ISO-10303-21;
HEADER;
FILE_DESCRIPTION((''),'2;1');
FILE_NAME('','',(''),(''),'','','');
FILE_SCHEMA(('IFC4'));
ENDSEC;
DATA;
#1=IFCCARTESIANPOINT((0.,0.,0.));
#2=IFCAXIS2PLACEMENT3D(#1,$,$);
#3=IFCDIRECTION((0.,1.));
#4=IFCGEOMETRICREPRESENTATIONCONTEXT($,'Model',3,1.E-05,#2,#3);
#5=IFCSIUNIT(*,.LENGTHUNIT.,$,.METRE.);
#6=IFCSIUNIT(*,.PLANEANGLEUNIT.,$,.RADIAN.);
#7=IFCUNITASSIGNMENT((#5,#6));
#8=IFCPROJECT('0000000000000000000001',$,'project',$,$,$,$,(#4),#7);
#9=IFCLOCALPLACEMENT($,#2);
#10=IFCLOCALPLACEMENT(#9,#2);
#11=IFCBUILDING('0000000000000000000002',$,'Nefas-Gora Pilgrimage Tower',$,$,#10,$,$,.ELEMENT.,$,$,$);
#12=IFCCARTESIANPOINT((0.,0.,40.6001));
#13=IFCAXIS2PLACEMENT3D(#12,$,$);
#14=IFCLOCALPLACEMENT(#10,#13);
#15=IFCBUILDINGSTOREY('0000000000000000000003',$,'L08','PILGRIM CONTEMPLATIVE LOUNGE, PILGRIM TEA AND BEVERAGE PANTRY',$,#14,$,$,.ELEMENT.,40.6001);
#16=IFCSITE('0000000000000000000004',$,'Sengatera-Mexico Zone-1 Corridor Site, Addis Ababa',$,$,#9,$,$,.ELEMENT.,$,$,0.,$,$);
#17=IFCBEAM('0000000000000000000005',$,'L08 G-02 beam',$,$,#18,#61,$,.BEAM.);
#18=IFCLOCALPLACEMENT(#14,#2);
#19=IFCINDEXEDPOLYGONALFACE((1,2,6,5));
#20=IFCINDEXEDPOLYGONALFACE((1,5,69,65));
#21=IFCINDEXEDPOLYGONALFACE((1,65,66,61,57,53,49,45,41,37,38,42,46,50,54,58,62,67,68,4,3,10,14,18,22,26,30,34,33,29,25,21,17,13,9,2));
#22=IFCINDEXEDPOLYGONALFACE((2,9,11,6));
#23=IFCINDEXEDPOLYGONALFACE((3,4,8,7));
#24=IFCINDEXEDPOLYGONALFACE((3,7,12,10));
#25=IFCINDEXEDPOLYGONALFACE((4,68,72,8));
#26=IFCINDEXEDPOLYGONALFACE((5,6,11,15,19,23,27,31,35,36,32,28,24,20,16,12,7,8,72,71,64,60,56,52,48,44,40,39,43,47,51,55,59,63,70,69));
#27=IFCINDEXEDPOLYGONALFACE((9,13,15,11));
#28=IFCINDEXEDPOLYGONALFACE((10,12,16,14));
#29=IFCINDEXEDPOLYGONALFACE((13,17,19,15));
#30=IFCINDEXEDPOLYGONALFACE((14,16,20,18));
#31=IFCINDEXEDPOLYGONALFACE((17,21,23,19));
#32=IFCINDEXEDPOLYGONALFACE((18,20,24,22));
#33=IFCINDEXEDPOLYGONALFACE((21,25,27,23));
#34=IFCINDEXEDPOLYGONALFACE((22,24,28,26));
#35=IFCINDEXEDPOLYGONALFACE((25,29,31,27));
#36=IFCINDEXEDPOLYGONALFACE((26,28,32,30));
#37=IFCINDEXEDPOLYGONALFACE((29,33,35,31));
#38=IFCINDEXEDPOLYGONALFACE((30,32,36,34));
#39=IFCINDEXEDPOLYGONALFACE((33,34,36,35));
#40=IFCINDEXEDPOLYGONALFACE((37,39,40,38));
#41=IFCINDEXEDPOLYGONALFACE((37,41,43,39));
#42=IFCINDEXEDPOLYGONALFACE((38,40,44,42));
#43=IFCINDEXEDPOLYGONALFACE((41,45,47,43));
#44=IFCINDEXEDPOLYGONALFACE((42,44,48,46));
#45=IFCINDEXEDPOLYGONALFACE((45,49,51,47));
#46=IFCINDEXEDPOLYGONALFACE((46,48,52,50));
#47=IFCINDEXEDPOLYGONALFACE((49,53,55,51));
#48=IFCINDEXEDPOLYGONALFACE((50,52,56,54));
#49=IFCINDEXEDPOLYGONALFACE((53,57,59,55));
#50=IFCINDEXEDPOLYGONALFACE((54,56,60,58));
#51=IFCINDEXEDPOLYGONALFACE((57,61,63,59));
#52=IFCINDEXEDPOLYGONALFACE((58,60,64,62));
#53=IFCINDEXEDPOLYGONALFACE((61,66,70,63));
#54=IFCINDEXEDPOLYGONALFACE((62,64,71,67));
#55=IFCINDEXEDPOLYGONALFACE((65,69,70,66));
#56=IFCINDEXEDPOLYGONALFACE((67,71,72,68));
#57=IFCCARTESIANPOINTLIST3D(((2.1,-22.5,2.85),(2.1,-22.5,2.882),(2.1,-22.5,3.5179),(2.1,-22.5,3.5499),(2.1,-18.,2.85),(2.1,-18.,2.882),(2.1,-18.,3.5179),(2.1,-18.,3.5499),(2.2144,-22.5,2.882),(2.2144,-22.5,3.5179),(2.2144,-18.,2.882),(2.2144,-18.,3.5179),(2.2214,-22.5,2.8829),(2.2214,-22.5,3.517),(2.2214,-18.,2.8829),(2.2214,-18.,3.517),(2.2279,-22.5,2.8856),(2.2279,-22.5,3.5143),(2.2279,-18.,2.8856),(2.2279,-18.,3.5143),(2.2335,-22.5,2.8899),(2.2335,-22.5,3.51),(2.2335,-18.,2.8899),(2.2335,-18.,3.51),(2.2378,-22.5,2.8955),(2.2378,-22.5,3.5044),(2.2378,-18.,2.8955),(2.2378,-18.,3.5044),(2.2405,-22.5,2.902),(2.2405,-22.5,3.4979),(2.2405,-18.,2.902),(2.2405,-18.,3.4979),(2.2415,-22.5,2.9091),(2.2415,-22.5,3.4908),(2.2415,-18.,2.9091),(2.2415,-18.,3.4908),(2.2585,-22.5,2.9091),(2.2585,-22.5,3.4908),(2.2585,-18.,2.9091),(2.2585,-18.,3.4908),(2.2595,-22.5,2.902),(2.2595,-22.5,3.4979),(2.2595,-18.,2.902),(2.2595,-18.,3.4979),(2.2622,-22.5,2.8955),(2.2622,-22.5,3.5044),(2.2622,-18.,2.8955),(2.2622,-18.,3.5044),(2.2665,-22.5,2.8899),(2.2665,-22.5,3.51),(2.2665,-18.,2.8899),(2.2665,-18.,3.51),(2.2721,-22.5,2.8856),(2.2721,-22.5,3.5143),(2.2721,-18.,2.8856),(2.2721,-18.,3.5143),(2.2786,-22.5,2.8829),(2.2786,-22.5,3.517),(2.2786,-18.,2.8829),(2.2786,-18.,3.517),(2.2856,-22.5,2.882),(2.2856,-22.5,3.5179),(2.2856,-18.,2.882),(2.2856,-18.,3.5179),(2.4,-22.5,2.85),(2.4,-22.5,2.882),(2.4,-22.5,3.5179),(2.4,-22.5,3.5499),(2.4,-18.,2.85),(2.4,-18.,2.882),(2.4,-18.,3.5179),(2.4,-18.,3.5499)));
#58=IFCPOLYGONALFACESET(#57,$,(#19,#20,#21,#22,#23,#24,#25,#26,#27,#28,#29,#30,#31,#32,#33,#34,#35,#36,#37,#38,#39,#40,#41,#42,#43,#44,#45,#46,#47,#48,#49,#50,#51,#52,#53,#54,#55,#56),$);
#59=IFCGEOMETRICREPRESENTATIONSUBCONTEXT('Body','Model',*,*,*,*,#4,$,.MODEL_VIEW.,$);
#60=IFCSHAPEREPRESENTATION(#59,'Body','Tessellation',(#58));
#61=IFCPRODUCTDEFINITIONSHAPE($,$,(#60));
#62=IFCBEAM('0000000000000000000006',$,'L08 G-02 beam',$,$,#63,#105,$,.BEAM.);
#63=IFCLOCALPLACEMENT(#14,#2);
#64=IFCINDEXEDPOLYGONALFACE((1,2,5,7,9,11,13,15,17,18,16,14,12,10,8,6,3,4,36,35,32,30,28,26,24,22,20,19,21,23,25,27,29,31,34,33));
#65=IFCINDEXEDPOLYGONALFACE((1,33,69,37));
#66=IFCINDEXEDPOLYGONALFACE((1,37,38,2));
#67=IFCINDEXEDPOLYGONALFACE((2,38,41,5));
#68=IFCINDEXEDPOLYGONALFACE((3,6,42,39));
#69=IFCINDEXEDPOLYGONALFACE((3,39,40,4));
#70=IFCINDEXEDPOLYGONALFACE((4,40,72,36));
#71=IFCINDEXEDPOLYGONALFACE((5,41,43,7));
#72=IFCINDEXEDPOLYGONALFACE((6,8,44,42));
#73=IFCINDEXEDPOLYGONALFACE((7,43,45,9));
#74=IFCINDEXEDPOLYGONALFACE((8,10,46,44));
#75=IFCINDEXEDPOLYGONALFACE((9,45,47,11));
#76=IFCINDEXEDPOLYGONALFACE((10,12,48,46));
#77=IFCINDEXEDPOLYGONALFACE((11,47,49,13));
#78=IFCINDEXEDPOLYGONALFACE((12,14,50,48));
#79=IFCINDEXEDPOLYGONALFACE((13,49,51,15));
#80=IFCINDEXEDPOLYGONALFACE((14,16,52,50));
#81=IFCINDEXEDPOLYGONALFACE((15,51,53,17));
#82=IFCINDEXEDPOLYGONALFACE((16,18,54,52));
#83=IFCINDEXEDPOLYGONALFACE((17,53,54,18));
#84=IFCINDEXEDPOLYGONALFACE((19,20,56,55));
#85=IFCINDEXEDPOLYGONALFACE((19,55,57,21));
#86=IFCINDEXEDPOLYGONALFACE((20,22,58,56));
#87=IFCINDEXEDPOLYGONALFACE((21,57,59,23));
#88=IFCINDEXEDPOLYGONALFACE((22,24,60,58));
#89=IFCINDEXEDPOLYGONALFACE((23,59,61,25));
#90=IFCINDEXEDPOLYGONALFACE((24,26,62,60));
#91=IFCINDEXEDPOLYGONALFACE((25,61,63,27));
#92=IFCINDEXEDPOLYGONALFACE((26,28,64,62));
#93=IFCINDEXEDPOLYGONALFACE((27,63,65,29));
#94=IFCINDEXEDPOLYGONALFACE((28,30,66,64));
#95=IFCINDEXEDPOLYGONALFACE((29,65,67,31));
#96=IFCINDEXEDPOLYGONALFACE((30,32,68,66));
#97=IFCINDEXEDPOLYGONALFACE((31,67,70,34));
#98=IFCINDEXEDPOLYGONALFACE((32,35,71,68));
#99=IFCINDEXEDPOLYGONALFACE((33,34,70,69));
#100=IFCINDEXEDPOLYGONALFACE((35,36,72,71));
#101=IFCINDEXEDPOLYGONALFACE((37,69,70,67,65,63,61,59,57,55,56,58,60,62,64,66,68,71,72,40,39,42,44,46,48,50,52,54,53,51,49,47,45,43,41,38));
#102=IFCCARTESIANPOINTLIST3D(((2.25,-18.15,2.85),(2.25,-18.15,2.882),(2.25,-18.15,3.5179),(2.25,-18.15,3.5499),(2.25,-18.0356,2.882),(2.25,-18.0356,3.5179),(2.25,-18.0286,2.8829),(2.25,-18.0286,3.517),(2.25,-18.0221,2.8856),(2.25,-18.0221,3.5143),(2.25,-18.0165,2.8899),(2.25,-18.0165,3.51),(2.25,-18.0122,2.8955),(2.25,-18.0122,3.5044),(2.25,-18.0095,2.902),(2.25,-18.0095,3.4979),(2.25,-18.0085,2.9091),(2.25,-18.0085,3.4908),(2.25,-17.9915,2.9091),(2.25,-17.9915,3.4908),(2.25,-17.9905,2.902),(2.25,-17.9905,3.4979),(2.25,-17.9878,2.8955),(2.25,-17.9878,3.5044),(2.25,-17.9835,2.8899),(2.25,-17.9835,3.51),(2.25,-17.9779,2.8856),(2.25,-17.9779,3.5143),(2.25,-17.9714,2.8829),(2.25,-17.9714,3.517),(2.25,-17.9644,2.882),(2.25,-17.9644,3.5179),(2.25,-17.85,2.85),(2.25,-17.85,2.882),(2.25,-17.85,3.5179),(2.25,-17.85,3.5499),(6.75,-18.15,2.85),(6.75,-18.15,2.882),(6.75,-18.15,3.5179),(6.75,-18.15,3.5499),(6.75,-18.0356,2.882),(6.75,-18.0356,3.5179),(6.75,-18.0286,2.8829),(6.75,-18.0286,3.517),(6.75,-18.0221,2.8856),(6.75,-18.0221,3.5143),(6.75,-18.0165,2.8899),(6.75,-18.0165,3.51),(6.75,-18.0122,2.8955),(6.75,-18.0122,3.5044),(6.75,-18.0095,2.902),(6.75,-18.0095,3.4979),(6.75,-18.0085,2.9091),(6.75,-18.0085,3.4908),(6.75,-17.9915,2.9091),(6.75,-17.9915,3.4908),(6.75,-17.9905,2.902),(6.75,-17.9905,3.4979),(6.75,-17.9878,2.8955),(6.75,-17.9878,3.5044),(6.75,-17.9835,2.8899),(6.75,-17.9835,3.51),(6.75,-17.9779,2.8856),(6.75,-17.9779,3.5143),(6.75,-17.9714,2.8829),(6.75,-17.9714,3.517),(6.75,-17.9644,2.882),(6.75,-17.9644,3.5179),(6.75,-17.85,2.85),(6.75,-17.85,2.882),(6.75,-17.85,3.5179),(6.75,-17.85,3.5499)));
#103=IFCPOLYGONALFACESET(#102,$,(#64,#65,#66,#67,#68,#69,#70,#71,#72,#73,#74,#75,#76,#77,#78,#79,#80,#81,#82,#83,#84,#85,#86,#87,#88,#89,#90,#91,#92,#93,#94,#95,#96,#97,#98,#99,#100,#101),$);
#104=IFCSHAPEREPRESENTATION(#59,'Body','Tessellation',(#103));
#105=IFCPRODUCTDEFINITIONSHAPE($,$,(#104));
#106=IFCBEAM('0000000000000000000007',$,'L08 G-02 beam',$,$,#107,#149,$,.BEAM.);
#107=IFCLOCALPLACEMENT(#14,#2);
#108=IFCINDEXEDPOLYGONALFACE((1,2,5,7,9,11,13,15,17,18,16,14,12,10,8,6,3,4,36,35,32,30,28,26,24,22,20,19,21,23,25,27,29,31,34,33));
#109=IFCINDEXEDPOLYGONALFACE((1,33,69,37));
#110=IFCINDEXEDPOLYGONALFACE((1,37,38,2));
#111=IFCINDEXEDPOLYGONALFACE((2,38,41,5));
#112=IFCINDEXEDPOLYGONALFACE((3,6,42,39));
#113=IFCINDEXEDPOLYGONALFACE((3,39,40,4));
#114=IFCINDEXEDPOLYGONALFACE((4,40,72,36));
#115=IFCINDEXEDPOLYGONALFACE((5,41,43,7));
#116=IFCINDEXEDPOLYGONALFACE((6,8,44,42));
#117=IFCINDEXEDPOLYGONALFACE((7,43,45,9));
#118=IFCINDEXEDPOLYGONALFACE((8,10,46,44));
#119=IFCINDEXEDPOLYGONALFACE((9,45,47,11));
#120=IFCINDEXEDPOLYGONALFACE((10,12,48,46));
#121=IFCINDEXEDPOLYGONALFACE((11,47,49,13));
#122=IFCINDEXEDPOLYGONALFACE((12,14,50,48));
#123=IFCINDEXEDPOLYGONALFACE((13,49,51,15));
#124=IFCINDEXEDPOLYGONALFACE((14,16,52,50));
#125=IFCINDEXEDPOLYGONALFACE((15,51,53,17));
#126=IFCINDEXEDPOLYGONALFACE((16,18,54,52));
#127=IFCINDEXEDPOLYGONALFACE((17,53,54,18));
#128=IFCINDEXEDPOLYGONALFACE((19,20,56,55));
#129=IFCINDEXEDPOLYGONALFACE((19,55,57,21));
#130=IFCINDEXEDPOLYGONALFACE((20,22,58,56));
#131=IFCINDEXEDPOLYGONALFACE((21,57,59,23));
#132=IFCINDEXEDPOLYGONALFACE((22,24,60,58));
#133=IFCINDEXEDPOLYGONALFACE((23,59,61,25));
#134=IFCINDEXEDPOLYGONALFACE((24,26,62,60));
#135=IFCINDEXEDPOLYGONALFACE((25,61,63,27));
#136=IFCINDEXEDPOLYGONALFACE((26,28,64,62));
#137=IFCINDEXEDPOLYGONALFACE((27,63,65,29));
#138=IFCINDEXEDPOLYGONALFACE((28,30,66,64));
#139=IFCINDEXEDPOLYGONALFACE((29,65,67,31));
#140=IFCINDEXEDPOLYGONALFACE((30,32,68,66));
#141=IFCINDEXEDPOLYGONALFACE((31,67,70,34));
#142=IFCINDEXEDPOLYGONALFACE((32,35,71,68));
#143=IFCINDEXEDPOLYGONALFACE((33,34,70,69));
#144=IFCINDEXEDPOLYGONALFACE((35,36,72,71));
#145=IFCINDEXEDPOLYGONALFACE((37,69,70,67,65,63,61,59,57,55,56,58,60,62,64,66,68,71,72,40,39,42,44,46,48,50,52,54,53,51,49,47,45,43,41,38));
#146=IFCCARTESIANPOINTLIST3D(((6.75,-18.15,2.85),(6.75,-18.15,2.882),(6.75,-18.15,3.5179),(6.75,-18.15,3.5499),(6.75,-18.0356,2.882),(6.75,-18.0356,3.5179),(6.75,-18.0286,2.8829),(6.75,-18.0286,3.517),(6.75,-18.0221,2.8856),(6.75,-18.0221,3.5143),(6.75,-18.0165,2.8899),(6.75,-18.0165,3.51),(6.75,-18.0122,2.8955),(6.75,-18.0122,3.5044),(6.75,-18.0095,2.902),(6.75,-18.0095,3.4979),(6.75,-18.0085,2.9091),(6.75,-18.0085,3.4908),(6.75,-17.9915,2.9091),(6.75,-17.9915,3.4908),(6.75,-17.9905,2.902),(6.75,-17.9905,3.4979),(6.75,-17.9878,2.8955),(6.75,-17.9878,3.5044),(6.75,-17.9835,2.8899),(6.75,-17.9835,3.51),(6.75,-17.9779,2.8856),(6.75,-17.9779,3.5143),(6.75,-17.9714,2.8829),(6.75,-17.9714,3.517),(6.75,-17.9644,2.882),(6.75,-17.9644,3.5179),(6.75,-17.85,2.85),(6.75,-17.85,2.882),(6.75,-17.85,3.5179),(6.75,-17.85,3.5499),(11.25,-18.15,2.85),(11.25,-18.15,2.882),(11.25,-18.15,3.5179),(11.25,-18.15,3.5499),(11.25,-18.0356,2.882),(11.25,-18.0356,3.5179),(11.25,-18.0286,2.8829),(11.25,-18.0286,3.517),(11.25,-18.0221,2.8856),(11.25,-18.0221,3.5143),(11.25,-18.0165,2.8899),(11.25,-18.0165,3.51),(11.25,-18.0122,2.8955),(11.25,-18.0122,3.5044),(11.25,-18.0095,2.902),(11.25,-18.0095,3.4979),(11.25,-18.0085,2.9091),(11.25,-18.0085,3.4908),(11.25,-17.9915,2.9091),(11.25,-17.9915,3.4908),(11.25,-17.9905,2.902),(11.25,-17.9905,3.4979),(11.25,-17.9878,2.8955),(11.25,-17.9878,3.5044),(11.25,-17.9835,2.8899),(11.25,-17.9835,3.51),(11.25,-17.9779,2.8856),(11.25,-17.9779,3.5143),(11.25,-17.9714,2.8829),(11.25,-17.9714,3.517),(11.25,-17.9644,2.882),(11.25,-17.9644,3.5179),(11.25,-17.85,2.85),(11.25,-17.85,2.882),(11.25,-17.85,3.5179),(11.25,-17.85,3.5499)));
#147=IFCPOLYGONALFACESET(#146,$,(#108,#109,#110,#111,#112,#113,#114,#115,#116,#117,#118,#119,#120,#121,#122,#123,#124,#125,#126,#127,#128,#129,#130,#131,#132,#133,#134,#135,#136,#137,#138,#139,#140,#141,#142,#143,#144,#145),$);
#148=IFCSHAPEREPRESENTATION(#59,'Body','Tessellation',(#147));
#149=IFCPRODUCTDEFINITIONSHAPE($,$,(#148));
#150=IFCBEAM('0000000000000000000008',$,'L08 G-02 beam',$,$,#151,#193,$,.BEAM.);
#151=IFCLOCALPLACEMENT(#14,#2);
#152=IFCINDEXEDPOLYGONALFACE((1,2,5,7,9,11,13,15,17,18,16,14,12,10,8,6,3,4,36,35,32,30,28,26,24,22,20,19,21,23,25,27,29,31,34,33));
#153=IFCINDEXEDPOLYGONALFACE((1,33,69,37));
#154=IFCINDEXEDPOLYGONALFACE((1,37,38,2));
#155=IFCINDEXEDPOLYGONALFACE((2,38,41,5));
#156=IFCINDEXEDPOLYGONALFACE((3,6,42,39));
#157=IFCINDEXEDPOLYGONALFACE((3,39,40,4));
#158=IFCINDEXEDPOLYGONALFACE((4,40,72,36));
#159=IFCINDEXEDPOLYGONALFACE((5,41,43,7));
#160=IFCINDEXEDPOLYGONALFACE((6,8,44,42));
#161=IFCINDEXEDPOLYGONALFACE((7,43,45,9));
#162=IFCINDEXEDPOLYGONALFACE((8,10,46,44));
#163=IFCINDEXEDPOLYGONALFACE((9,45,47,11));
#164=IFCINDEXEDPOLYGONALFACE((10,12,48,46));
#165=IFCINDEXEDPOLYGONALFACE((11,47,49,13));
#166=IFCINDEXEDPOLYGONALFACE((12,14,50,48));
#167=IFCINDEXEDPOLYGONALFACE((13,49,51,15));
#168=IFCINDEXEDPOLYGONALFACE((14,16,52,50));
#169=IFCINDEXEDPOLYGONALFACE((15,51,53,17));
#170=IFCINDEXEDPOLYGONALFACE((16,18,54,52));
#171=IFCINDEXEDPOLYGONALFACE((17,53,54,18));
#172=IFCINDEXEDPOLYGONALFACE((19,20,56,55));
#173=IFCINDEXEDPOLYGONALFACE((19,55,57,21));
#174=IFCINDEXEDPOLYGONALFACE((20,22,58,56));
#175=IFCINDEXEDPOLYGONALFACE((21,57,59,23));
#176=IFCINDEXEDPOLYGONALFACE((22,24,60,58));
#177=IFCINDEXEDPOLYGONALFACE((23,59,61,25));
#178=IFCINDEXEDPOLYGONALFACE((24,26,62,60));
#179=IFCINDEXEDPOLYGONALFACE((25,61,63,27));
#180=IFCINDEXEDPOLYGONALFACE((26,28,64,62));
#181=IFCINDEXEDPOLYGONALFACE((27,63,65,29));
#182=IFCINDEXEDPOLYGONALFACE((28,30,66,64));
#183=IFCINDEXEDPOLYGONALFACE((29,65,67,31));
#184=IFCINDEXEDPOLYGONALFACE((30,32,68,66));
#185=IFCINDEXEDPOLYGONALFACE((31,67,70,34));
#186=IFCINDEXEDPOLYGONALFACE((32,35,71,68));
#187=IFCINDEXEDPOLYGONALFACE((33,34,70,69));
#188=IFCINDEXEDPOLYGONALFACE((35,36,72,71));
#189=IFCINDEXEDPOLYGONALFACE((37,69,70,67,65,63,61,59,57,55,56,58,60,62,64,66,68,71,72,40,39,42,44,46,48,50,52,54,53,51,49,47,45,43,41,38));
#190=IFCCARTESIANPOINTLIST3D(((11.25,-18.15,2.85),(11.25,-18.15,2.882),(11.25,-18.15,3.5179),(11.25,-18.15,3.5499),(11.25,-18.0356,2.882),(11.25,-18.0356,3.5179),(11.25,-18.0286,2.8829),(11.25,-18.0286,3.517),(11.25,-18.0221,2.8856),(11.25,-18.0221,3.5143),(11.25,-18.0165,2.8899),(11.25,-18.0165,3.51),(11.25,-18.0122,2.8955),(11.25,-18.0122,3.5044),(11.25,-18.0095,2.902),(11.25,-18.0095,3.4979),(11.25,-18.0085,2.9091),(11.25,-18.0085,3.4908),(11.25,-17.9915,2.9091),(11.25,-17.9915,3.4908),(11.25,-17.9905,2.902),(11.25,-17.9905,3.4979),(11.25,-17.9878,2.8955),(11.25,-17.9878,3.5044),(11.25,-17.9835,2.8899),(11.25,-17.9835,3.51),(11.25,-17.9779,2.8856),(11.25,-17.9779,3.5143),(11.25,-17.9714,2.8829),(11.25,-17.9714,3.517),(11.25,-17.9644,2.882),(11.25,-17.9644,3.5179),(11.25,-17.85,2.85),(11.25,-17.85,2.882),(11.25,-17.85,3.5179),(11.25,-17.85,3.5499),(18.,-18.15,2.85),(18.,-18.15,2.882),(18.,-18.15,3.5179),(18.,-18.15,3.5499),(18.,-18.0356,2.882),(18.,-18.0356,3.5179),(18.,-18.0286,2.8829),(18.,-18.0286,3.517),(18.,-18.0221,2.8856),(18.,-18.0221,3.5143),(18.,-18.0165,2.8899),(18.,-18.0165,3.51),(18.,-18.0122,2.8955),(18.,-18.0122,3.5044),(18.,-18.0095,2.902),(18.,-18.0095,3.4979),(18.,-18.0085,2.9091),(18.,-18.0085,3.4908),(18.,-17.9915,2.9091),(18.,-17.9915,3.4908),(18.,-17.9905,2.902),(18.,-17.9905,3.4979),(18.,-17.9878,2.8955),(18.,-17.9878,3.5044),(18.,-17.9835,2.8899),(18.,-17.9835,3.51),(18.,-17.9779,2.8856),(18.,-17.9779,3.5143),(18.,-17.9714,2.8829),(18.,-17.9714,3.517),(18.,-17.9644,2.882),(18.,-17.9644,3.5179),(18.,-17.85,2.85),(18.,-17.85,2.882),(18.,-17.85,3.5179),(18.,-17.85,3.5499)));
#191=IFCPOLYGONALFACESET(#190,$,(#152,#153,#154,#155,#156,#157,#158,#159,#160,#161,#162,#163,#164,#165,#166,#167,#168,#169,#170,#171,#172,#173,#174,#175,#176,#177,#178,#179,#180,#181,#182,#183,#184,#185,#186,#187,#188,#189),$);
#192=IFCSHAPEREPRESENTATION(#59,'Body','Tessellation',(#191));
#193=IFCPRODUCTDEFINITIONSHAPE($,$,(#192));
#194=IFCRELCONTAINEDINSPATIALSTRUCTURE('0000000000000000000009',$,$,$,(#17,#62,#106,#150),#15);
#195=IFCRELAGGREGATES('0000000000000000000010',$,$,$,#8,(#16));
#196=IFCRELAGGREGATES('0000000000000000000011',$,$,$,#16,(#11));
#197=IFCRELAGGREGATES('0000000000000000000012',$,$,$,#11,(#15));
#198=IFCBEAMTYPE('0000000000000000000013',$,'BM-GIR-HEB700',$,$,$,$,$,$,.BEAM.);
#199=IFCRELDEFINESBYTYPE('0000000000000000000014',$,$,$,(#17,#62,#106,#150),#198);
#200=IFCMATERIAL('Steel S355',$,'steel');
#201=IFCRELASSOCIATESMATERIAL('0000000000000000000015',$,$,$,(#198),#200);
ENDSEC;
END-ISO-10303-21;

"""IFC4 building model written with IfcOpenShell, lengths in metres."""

from ifc_helpers import new_model, si_unit, direction, frame, origin, origin_2d, place, context, subcontext, project, spatial, i_section, extrude, source, transform, mapped, material, material_profile, profile_set, type_object, element, save


model = new_model("IFC4")

# Units and contexts
model_context = context("Model", 3, precision=1e-05, world=origin(), true_north=direction((0.0, 1.0)))
body_context = subcontext(model_context, "Body", "Model", "MODEL_VIEW")
ifc_project = project(units=[si_unit("LENGTHUNIT", "METRE"), si_unit("PLANEANGLEUNIT", "RADIAN")], contexts=[model_context])

# Site, building, storey
site_placement = place(None, origin())
site = spatial("IfcSite", under=ifc_project, at=site_placement, Name="Sengatera-Mexico Zone-1 Corridor Site, Addis Ababa", CompositionType="ELEMENT", RefElevation=0.0)
building_placement = place(site_placement, origin())
building = spatial("IfcBuilding", under=site, at=building_placement, Name="Nefas-Gora Pilgrimage Tower", CompositionType="ELEMENT")
storey_placement = place(building_placement, frame((0.0, 0.0, 40.6001)))
storey = spatial("IfcBuildingStorey", under=building, at=storey_placement, Name="L08", Description="PILGRIM CONTEMPLATIVE LOUNGE, PILGRIM TEA AND BEVERAGE PANTRY", CompositionType="ELEMENT", Elevation=40.6001)

# Beams
ifc_material_1 = material(Name="Steel S355", Category="steel")
ifc_material_profile_1 = material_profile(ifc_material_1, i_section(OverallWidth=0.3, OverallDepth=0.7, WebThickness=0.0171, FlangeThickness=0.032, FilletRadius=0.0271, at=origin_2d()), Name="HEB 700")
ifc_profile_set_1 = profile_set([ifc_material_profile_1], Name="Steel S355")
beam_type_1 = type_object("IfcBeamType", Name="BM-GIR-HEB700", PredefinedType="BEAM", material=ifc_profile_set_1)
shared_shape_1 = source(origin(), body_context, "Body", "SweptSolid", [
    extrude(i_section(OverallWidth=0.3, OverallDepth=0.7, WebThickness=0.0171, FlangeThickness=0.032, FilletRadius=0.0271, at=origin_2d()), origin(), (0.0, 0.0, 1.0), 4.5),
])
for number, where, z_axis, x_axis, name in (
    (1, (2.25, -22.5, 3.2), (0.0, 1.0, 0.0), (-1.0, 0.0, 0.0), "L08 G-02 beam"),
    (2, (2.25, -18.0, 3.2), (1.0, 0.0, 0.0), (0.0, 1.0, 0.0), "L08 G-02 beam"),
    (3, (6.75, -18.0, 3.2), (1.0, 0.0, 0.0), (0.0, 1.0, 0.0), "L08 G-02 beam"),
):
    element("IfcBeam", number, at=place(storey_placement, frame(where, z_axis=z_axis, x_axis=x_axis)), inside=storey, type_object=beam_type_1, Name=name, PredefinedType="BEAM", context=body_context, shape_type="MappedRepresentation", body=[
        mapped(shared_shape_1, transform((0.0, 0.0, 0.0), x_axis=(1.0, 0.0, 0.0), y_axis=(0.0, 1.0, 0.0), z_axis=(0.0, 0.0, 1.0), scale=1.0)),
    ])
shared_shape_2 = source(origin(), body_context, "Body", "SweptSolid", [
    extrude(i_section(OverallWidth=0.3, OverallDepth=0.7, WebThickness=0.0171, FlangeThickness=0.032, FilletRadius=0.0271, at=origin_2d()), origin(), (0.0, 0.0, 1.0), 6.75),
])
beam_1_placement = place(storey_placement, frame((11.25, -18.0, 3.2), z_axis=(1.0, 0.0, 0.0), x_axis=(0.0, 1.0, 0.0)))
element("IfcBeam", 4, at=beam_1_placement, inside=storey, type_object=beam_type_1, Name="L08 G-02 beam", PredefinedType="BEAM", context=body_context, shape_type="MappedRepresentation", body=[
    mapped(shared_shape_2, transform((0.0, 0.0, 0.0), x_axis=(1.0, 0.0, 0.0), y_axis=(0.0, 1.0, 0.0), z_axis=(0.0, 0.0, 1.0), scale=1.0)),
])

save(model, "model.ifc")
